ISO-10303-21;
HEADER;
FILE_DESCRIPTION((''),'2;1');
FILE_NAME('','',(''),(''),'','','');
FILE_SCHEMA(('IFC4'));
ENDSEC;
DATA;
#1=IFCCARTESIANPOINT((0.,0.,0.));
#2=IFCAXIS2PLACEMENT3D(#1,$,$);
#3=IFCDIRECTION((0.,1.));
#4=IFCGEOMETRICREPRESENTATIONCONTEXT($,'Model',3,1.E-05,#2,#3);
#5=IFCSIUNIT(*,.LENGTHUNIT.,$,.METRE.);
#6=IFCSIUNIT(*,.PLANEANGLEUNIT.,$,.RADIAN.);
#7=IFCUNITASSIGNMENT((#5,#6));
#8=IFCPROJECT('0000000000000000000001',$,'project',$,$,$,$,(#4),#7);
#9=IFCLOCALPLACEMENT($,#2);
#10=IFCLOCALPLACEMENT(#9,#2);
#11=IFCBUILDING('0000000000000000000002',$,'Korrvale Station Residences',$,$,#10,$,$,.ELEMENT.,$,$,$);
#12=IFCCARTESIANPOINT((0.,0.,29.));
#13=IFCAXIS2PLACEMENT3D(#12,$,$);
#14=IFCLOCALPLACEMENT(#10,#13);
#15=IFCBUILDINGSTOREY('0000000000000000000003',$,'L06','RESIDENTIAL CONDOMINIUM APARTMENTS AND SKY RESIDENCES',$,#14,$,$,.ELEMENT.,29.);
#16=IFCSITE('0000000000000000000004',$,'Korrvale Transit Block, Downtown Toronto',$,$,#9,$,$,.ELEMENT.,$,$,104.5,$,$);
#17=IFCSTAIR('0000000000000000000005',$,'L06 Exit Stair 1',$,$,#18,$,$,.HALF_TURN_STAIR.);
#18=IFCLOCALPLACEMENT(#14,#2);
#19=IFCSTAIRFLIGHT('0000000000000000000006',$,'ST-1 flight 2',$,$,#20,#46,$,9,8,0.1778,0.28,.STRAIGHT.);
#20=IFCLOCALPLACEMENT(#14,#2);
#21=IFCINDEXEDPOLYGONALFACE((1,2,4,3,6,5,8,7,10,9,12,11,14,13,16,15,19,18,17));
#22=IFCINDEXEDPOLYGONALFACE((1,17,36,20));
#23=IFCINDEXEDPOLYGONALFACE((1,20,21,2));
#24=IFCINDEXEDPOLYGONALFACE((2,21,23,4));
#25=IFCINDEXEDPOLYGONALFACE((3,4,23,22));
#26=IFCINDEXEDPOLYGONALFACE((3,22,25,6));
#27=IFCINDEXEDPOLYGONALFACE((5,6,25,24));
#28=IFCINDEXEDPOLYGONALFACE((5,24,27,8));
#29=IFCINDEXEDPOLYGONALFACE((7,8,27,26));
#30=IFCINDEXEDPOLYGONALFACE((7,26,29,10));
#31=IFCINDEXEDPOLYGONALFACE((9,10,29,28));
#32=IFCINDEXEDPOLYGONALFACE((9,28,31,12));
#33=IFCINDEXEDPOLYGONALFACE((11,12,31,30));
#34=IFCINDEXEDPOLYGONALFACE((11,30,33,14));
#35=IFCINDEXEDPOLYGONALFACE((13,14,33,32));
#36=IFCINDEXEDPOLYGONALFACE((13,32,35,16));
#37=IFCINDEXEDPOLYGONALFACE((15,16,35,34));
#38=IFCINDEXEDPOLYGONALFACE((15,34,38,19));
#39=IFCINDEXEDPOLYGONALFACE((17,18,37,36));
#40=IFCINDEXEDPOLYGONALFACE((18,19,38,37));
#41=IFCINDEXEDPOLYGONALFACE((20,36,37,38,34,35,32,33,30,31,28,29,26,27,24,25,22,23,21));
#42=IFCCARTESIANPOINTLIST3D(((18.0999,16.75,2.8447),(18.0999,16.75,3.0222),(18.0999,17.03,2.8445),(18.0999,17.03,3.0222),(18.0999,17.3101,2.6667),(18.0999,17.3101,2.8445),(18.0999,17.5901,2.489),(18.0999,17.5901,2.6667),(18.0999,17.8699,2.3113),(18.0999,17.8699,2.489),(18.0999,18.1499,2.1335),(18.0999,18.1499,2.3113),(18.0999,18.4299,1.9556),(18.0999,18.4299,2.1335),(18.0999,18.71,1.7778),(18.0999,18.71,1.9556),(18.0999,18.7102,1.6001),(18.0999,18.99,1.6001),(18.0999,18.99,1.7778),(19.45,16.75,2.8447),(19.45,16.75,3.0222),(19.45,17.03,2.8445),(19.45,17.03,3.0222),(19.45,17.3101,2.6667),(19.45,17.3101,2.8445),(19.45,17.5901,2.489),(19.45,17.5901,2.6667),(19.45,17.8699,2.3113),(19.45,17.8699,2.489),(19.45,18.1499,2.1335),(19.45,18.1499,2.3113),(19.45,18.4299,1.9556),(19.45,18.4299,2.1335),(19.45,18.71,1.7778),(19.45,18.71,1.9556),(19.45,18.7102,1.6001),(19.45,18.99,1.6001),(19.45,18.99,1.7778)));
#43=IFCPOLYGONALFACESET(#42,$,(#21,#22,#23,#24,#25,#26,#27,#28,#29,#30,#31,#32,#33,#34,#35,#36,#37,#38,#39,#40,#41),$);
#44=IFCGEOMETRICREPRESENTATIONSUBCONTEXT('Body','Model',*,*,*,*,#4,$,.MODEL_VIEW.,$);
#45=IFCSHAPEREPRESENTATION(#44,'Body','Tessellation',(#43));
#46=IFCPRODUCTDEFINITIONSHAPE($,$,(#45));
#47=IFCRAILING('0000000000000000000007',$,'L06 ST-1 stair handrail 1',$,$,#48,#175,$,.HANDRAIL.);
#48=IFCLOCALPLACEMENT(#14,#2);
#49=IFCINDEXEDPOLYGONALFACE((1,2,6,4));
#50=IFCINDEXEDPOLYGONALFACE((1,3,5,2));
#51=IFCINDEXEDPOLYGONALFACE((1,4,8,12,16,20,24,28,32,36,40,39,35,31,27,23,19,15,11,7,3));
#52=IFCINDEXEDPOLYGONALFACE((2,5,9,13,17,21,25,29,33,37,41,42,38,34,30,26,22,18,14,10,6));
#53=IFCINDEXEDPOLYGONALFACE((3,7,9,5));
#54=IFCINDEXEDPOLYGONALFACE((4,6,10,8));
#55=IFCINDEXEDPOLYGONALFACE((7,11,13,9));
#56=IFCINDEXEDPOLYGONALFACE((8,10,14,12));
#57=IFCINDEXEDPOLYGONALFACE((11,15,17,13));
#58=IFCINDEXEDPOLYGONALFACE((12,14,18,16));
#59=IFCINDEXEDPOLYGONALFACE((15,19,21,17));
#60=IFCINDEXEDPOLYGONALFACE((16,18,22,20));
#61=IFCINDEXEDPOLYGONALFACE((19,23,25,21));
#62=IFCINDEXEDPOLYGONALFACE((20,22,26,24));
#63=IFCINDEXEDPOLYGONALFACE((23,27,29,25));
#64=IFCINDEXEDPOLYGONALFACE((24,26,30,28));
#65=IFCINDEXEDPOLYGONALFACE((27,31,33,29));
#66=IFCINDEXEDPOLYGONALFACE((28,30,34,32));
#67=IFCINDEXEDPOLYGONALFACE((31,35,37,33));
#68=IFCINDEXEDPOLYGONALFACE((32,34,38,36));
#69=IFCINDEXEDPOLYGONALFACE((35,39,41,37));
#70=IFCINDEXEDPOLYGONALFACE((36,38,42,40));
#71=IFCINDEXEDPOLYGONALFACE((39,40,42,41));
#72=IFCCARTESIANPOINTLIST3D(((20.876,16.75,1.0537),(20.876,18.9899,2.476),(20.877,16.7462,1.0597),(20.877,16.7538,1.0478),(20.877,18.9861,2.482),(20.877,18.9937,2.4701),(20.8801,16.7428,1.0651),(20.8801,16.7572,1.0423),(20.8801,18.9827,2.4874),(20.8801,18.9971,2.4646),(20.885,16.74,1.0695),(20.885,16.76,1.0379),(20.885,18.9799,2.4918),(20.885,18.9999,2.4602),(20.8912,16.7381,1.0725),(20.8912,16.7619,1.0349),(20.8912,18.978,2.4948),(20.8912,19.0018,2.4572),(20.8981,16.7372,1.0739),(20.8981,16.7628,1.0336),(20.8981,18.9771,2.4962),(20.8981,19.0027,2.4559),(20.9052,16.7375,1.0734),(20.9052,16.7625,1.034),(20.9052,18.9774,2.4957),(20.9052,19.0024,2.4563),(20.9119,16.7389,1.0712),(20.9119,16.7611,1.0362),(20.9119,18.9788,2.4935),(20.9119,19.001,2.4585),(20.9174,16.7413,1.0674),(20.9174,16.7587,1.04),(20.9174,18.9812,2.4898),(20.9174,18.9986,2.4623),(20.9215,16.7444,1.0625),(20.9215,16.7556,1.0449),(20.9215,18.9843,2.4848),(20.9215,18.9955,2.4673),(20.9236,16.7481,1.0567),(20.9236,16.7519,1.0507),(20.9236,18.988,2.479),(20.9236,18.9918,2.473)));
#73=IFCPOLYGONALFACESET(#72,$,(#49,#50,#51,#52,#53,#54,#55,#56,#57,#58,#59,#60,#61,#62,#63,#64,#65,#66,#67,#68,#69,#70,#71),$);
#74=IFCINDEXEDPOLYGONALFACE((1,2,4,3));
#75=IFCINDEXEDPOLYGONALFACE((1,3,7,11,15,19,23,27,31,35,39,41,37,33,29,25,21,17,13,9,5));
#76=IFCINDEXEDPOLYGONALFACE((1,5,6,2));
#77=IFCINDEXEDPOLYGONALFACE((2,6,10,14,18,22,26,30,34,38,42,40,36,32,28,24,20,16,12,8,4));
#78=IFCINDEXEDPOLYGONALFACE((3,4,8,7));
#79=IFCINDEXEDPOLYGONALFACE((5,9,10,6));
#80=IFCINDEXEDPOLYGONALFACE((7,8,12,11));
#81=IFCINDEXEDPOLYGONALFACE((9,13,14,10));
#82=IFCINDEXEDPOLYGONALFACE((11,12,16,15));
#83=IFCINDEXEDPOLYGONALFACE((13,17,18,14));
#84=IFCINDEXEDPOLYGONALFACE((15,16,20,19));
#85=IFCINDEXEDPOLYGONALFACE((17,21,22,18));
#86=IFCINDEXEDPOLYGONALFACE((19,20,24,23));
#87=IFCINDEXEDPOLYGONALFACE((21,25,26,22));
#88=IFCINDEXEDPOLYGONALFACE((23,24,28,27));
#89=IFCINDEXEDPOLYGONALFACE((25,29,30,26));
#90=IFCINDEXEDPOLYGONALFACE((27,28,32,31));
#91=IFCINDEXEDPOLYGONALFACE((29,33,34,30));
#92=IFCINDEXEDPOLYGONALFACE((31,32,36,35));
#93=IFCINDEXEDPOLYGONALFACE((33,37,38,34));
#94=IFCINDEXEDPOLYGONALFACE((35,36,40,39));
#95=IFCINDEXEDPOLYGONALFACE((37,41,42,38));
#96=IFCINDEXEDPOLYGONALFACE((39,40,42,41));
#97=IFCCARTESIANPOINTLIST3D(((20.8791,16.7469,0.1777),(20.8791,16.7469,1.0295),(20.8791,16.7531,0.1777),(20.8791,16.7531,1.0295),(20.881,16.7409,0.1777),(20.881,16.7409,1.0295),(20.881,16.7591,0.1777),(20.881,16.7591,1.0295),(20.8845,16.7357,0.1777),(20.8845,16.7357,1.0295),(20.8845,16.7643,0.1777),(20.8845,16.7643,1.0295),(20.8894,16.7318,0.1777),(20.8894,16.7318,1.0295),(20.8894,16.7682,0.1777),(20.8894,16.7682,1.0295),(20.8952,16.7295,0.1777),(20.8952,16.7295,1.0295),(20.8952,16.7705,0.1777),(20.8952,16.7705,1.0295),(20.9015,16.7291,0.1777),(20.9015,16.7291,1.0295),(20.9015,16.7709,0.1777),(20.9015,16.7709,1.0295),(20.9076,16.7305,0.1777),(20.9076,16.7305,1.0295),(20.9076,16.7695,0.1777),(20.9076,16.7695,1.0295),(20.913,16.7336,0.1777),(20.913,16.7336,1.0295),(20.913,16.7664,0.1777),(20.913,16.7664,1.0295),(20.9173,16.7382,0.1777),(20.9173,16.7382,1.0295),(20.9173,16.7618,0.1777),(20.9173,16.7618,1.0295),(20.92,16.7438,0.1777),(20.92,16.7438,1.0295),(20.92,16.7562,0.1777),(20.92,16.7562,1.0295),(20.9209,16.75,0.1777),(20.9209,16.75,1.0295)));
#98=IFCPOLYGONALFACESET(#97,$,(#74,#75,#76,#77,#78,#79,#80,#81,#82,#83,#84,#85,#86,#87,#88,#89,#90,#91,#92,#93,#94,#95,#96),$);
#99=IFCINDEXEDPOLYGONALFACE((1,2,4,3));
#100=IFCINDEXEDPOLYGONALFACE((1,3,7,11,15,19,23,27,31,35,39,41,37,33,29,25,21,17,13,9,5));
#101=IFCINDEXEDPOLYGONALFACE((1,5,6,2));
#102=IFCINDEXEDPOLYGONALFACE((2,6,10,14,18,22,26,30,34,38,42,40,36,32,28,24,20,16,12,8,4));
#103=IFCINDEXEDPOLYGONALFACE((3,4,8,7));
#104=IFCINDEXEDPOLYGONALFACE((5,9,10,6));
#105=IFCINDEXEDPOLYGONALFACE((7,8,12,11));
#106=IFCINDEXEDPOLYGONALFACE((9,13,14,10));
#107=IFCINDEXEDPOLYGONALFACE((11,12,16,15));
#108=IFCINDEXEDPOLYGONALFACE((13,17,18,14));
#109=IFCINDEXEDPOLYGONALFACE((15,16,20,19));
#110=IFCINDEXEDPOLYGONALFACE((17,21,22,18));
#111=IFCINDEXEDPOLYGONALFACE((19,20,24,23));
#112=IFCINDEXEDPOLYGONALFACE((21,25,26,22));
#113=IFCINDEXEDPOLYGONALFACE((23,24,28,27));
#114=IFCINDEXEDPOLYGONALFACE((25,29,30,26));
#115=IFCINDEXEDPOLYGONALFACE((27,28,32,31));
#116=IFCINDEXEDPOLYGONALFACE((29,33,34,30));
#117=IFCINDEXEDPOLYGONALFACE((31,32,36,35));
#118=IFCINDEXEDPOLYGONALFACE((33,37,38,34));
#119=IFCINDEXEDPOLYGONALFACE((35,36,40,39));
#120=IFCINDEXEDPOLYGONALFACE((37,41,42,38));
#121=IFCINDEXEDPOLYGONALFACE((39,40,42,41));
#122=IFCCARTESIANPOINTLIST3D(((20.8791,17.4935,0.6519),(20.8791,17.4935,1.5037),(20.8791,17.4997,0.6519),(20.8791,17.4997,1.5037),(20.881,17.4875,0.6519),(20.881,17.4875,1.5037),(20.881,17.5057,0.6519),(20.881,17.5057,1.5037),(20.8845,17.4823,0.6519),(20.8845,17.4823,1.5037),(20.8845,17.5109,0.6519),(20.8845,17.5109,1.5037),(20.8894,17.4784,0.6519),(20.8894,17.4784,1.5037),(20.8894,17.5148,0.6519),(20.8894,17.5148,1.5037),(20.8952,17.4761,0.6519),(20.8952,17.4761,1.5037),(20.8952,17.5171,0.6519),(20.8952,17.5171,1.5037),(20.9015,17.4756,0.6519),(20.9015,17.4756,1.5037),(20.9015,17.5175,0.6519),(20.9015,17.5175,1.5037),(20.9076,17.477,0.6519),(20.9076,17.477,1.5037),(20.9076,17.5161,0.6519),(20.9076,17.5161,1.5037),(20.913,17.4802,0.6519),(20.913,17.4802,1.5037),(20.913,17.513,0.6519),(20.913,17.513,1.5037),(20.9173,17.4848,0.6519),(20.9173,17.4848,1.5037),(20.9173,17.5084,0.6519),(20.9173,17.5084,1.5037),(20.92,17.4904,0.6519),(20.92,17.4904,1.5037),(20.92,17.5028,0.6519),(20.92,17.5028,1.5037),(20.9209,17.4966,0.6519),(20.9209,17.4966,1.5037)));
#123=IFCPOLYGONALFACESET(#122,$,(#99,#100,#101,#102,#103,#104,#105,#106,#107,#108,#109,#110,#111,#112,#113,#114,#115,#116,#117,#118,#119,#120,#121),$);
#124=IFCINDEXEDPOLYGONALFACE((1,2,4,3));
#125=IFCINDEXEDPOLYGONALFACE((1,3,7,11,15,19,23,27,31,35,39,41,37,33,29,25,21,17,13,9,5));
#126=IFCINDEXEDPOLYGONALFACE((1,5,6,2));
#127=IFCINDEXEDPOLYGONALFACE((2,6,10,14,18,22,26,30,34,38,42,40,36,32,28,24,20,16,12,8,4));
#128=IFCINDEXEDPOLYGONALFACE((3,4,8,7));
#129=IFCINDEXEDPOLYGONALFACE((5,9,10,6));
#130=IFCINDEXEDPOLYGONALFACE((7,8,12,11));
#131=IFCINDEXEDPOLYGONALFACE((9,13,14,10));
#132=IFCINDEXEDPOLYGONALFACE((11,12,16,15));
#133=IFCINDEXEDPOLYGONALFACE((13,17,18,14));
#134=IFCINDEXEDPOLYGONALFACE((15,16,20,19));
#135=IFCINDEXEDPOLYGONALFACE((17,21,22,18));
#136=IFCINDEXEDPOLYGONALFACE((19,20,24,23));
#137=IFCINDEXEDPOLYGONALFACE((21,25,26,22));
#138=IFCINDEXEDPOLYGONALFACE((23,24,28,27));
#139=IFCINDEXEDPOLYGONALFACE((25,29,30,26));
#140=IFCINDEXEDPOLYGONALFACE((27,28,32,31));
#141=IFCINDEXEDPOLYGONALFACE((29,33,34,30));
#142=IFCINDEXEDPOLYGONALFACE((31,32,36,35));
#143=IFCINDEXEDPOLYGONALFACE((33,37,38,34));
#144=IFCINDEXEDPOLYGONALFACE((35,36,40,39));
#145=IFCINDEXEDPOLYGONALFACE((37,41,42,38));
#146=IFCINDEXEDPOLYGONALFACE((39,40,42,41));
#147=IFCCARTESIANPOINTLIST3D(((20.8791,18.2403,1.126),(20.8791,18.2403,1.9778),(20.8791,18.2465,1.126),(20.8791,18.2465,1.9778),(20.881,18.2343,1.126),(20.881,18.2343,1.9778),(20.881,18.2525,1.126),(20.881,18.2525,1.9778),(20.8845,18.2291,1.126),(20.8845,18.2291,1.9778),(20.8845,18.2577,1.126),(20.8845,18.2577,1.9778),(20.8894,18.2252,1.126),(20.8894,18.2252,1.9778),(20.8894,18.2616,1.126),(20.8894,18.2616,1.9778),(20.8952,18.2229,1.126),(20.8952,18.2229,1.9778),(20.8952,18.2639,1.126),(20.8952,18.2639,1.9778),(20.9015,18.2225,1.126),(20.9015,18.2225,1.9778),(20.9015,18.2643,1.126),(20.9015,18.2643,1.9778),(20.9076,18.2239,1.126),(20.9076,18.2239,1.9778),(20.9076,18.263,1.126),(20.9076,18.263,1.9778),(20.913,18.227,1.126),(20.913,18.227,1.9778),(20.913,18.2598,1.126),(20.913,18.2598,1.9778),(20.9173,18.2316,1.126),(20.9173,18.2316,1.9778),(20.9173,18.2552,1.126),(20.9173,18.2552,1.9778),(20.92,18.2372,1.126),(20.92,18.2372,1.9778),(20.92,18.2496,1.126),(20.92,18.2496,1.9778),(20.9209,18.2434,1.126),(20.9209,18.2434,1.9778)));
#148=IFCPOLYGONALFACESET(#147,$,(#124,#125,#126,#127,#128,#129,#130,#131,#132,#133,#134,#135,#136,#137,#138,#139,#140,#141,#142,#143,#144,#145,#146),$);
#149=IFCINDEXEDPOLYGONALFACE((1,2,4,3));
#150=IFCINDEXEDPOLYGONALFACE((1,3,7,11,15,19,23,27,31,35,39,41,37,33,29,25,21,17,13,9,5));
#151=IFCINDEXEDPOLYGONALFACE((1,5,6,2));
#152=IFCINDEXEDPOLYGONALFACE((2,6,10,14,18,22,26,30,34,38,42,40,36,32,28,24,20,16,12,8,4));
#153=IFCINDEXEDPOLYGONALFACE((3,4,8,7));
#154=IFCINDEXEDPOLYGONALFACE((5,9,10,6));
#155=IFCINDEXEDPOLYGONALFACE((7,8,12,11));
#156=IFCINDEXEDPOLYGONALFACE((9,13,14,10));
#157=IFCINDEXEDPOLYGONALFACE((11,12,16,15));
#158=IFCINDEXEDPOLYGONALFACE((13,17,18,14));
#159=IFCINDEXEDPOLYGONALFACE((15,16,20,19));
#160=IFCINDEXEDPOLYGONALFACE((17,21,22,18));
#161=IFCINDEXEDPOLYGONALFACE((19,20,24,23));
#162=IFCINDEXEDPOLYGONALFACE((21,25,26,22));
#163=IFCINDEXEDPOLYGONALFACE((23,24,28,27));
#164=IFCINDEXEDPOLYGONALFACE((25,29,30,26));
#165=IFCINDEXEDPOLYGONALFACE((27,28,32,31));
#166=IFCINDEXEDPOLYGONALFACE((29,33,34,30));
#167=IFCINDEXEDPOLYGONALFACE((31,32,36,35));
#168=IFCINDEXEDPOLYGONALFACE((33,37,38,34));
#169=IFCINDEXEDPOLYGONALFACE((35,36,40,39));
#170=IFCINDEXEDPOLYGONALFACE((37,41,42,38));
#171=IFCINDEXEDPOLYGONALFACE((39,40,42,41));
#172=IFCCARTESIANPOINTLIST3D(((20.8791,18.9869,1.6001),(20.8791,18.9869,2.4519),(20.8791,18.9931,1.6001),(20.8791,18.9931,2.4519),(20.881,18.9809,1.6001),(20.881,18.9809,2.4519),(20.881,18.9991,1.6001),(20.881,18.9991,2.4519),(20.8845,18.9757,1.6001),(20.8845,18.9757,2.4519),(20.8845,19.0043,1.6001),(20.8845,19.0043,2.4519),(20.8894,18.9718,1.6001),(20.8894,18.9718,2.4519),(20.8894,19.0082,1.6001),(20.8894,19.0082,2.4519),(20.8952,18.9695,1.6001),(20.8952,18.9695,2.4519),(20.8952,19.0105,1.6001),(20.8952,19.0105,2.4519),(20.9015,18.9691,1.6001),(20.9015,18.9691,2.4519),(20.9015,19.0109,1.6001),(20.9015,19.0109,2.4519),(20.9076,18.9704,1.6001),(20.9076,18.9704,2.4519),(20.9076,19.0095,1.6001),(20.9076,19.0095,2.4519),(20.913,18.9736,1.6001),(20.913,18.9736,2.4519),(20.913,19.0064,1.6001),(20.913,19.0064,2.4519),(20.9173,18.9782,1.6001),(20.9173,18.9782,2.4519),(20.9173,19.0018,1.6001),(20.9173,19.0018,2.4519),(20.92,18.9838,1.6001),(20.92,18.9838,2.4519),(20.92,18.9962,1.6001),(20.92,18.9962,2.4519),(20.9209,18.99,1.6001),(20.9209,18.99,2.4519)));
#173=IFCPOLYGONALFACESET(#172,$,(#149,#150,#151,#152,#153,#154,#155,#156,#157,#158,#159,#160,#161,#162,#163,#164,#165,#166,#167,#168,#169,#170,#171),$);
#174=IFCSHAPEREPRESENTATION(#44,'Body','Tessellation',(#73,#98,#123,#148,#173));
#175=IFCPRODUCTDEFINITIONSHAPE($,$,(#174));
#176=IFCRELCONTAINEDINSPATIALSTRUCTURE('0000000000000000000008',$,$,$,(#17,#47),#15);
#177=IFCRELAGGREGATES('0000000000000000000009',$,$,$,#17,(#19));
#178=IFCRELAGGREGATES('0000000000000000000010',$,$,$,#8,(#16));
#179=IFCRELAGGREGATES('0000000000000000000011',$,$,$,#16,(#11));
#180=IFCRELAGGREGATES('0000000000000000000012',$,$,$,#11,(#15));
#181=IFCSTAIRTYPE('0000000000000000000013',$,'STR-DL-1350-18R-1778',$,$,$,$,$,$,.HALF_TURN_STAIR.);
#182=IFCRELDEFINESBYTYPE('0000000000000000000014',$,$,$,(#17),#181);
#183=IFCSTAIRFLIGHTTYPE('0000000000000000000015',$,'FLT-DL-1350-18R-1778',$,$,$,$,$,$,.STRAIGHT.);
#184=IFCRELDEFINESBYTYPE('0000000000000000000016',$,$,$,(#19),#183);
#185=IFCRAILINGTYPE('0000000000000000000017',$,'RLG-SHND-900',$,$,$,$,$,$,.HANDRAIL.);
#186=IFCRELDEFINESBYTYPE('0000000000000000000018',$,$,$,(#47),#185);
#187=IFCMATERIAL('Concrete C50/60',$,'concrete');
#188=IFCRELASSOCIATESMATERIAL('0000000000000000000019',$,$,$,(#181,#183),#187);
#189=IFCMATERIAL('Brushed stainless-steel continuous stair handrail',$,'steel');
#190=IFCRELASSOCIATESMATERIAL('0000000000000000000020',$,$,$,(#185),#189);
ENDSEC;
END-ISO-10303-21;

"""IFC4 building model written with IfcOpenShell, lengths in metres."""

from ifc_helpers import new_model, si_unit, direction, frame, origin, origin_2d, place, context, subcontext, project, spatial, polyline, circle, outline, extrude, material, type_object, element, aggregate, save


model = new_model("IFC4")

# Units and contexts
model_context = context("Model", 3, precision=1e-05, world=origin(), true_north=direction((0.0, 1.0)))
body_context = subcontext(model_context, "Body", "Model", "MODEL_VIEW")
ifc_project = project(units=[si_unit("LENGTHUNIT", "METRE"), si_unit("PLANEANGLEUNIT", "RADIAN")], contexts=[model_context])

# Site, building, storey
site_placement = place(None, origin())
site = spatial("IfcSite", under=ifc_project, at=site_placement, Name="Korrvale Transit Block, Downtown Toronto", CompositionType="ELEMENT", RefElevation=104.5)
building_placement = place(site_placement, origin())
building = spatial("IfcBuilding", under=site, at=building_placement, Name="Korrvale Station Residences", CompositionType="ELEMENT")
storey_placement = place(building_placement, frame((0.0, 0.0, 29.0)))
storey = spatial("IfcBuildingStorey", under=building, at=storey_placement, Name="L06", Description="RESIDENTIAL CONDOMINIUM APARTMENTS AND SKY RESIDENCES", CompositionType="ELEMENT", Elevation=29.0)

# Stair, stair flight
ifc_material_1 = material(Name="Concrete C50/60", Category="concrete")
stair_type = type_object("IfcStairType", Name="STR-DL-1350-18R-1778", PredefinedType="HALF_TURN_STAIR", material=ifc_material_1)
stair_placement = place(storey_placement, origin())
stair = element("IfcStair", 1, at=stair_placement, inside=storey, type_object=stair_type, Name="L06 Exit Stair 1", PredefinedType="HALF_TURN_STAIR")
stair_flight_type = type_object("IfcStairFlightType", Name="FLT-DL-1350-18R-1778", PredefinedType="STRAIGHT", material=ifc_material_1)
stair_flight_1_placement = place(storey_placement, frame((18.7749, 18.99, 1.6001), z_axis=(0.0, 0.0, 1.0), x_axis=(0.0, -1.0, 0.0)))
stair_flight_1 = element("IfcStairFlight", 2, at=stair_flight_1_placement, type_object=stair_flight_type, Name="ST-1 flight 2", NumberOfRisers=9, NumberOfTreads=8, PredefinedType="STRAIGHT", RiserHeight=0.1778, TreadLength=0.28, context=body_context, shape_type="SweptSolid", body=[
    extrude(outline(polyline([(0.0, 0.0), (0.0, 0.1777), (0.28, 0.1777), (0.28, 0.3555), (0.5601, 0.3555), (0.5601, 0.5334), (0.8401, 0.5334), (0.8401, 0.7112), (1.1201, 0.7112), (1.1201, 0.8889), (1.3999, 0.8889), (1.3999, 1.0667), (1.6799, 1.0667), (1.6799, 1.2444), (1.96, 1.2444), (1.96, 1.4221), (2.24, 1.4221), (2.24, 1.6001), (2.24, 1.2446), (0.2798, 0.0), (0.0, 0.0)])), frame((0.0, 0.675, 0.0), z_axis=(0.0, -1.0, 0.0), x_axis=(1.0, 0.0, 0.0)), (0.0, 0.0, 1.0), 1.3501),
])
aggregate(stair, [stair_flight_1])

# Railing
ifc_material_2 = material(Name="Brushed stainless-steel continuous stair handrail", Category="steel")
railing_type_1 = type_object("IfcRailingType", Name="RLG-SHND-900", PredefinedType="HANDRAIL", material=ifc_material_2)
railing_1_placement = place(storey_placement, frame((20.8999, 16.75, 0.1777)))
element("IfcRailing", 3, at=railing_1_placement, inside=storey, type_object=railing_type_1, Name="L06 ST-1 stair handrail 1", PredefinedType="HANDRAIL", context=body_context, shape_type="SweptSolid", body=[
    extrude(circle(Radius=0.0239, at=origin_2d()), frame((0.0, 0.0, 0.876), z_axis=(0.0, 0.844188, 0.536048), x_axis=(-1.0, 0.0, 0.0)), (0.0, 0.0, 1.0), 2.6533),
    extrude(circle(Radius=0.021, at=origin_2d()), origin(), (0.0, 0.0, 1.0), 0.8518),
    extrude(circle(Radius=0.021, at=origin_2d()), frame((0.0, 0.7466, 0.4741)), (0.0, 0.0, 1.0), 0.8518),
    extrude(circle(Radius=0.021, at=origin_2d()), frame((0.0, 1.4934, 0.9482)), (0.0, 0.0, 1.0), 0.8518),
    extrude(circle(Radius=0.021, at=origin_2d()), frame((0.0, 2.24, 1.4224)), (0.0, 0.0, 1.0), 0.8518),
])

save(model, "model.ifc")
